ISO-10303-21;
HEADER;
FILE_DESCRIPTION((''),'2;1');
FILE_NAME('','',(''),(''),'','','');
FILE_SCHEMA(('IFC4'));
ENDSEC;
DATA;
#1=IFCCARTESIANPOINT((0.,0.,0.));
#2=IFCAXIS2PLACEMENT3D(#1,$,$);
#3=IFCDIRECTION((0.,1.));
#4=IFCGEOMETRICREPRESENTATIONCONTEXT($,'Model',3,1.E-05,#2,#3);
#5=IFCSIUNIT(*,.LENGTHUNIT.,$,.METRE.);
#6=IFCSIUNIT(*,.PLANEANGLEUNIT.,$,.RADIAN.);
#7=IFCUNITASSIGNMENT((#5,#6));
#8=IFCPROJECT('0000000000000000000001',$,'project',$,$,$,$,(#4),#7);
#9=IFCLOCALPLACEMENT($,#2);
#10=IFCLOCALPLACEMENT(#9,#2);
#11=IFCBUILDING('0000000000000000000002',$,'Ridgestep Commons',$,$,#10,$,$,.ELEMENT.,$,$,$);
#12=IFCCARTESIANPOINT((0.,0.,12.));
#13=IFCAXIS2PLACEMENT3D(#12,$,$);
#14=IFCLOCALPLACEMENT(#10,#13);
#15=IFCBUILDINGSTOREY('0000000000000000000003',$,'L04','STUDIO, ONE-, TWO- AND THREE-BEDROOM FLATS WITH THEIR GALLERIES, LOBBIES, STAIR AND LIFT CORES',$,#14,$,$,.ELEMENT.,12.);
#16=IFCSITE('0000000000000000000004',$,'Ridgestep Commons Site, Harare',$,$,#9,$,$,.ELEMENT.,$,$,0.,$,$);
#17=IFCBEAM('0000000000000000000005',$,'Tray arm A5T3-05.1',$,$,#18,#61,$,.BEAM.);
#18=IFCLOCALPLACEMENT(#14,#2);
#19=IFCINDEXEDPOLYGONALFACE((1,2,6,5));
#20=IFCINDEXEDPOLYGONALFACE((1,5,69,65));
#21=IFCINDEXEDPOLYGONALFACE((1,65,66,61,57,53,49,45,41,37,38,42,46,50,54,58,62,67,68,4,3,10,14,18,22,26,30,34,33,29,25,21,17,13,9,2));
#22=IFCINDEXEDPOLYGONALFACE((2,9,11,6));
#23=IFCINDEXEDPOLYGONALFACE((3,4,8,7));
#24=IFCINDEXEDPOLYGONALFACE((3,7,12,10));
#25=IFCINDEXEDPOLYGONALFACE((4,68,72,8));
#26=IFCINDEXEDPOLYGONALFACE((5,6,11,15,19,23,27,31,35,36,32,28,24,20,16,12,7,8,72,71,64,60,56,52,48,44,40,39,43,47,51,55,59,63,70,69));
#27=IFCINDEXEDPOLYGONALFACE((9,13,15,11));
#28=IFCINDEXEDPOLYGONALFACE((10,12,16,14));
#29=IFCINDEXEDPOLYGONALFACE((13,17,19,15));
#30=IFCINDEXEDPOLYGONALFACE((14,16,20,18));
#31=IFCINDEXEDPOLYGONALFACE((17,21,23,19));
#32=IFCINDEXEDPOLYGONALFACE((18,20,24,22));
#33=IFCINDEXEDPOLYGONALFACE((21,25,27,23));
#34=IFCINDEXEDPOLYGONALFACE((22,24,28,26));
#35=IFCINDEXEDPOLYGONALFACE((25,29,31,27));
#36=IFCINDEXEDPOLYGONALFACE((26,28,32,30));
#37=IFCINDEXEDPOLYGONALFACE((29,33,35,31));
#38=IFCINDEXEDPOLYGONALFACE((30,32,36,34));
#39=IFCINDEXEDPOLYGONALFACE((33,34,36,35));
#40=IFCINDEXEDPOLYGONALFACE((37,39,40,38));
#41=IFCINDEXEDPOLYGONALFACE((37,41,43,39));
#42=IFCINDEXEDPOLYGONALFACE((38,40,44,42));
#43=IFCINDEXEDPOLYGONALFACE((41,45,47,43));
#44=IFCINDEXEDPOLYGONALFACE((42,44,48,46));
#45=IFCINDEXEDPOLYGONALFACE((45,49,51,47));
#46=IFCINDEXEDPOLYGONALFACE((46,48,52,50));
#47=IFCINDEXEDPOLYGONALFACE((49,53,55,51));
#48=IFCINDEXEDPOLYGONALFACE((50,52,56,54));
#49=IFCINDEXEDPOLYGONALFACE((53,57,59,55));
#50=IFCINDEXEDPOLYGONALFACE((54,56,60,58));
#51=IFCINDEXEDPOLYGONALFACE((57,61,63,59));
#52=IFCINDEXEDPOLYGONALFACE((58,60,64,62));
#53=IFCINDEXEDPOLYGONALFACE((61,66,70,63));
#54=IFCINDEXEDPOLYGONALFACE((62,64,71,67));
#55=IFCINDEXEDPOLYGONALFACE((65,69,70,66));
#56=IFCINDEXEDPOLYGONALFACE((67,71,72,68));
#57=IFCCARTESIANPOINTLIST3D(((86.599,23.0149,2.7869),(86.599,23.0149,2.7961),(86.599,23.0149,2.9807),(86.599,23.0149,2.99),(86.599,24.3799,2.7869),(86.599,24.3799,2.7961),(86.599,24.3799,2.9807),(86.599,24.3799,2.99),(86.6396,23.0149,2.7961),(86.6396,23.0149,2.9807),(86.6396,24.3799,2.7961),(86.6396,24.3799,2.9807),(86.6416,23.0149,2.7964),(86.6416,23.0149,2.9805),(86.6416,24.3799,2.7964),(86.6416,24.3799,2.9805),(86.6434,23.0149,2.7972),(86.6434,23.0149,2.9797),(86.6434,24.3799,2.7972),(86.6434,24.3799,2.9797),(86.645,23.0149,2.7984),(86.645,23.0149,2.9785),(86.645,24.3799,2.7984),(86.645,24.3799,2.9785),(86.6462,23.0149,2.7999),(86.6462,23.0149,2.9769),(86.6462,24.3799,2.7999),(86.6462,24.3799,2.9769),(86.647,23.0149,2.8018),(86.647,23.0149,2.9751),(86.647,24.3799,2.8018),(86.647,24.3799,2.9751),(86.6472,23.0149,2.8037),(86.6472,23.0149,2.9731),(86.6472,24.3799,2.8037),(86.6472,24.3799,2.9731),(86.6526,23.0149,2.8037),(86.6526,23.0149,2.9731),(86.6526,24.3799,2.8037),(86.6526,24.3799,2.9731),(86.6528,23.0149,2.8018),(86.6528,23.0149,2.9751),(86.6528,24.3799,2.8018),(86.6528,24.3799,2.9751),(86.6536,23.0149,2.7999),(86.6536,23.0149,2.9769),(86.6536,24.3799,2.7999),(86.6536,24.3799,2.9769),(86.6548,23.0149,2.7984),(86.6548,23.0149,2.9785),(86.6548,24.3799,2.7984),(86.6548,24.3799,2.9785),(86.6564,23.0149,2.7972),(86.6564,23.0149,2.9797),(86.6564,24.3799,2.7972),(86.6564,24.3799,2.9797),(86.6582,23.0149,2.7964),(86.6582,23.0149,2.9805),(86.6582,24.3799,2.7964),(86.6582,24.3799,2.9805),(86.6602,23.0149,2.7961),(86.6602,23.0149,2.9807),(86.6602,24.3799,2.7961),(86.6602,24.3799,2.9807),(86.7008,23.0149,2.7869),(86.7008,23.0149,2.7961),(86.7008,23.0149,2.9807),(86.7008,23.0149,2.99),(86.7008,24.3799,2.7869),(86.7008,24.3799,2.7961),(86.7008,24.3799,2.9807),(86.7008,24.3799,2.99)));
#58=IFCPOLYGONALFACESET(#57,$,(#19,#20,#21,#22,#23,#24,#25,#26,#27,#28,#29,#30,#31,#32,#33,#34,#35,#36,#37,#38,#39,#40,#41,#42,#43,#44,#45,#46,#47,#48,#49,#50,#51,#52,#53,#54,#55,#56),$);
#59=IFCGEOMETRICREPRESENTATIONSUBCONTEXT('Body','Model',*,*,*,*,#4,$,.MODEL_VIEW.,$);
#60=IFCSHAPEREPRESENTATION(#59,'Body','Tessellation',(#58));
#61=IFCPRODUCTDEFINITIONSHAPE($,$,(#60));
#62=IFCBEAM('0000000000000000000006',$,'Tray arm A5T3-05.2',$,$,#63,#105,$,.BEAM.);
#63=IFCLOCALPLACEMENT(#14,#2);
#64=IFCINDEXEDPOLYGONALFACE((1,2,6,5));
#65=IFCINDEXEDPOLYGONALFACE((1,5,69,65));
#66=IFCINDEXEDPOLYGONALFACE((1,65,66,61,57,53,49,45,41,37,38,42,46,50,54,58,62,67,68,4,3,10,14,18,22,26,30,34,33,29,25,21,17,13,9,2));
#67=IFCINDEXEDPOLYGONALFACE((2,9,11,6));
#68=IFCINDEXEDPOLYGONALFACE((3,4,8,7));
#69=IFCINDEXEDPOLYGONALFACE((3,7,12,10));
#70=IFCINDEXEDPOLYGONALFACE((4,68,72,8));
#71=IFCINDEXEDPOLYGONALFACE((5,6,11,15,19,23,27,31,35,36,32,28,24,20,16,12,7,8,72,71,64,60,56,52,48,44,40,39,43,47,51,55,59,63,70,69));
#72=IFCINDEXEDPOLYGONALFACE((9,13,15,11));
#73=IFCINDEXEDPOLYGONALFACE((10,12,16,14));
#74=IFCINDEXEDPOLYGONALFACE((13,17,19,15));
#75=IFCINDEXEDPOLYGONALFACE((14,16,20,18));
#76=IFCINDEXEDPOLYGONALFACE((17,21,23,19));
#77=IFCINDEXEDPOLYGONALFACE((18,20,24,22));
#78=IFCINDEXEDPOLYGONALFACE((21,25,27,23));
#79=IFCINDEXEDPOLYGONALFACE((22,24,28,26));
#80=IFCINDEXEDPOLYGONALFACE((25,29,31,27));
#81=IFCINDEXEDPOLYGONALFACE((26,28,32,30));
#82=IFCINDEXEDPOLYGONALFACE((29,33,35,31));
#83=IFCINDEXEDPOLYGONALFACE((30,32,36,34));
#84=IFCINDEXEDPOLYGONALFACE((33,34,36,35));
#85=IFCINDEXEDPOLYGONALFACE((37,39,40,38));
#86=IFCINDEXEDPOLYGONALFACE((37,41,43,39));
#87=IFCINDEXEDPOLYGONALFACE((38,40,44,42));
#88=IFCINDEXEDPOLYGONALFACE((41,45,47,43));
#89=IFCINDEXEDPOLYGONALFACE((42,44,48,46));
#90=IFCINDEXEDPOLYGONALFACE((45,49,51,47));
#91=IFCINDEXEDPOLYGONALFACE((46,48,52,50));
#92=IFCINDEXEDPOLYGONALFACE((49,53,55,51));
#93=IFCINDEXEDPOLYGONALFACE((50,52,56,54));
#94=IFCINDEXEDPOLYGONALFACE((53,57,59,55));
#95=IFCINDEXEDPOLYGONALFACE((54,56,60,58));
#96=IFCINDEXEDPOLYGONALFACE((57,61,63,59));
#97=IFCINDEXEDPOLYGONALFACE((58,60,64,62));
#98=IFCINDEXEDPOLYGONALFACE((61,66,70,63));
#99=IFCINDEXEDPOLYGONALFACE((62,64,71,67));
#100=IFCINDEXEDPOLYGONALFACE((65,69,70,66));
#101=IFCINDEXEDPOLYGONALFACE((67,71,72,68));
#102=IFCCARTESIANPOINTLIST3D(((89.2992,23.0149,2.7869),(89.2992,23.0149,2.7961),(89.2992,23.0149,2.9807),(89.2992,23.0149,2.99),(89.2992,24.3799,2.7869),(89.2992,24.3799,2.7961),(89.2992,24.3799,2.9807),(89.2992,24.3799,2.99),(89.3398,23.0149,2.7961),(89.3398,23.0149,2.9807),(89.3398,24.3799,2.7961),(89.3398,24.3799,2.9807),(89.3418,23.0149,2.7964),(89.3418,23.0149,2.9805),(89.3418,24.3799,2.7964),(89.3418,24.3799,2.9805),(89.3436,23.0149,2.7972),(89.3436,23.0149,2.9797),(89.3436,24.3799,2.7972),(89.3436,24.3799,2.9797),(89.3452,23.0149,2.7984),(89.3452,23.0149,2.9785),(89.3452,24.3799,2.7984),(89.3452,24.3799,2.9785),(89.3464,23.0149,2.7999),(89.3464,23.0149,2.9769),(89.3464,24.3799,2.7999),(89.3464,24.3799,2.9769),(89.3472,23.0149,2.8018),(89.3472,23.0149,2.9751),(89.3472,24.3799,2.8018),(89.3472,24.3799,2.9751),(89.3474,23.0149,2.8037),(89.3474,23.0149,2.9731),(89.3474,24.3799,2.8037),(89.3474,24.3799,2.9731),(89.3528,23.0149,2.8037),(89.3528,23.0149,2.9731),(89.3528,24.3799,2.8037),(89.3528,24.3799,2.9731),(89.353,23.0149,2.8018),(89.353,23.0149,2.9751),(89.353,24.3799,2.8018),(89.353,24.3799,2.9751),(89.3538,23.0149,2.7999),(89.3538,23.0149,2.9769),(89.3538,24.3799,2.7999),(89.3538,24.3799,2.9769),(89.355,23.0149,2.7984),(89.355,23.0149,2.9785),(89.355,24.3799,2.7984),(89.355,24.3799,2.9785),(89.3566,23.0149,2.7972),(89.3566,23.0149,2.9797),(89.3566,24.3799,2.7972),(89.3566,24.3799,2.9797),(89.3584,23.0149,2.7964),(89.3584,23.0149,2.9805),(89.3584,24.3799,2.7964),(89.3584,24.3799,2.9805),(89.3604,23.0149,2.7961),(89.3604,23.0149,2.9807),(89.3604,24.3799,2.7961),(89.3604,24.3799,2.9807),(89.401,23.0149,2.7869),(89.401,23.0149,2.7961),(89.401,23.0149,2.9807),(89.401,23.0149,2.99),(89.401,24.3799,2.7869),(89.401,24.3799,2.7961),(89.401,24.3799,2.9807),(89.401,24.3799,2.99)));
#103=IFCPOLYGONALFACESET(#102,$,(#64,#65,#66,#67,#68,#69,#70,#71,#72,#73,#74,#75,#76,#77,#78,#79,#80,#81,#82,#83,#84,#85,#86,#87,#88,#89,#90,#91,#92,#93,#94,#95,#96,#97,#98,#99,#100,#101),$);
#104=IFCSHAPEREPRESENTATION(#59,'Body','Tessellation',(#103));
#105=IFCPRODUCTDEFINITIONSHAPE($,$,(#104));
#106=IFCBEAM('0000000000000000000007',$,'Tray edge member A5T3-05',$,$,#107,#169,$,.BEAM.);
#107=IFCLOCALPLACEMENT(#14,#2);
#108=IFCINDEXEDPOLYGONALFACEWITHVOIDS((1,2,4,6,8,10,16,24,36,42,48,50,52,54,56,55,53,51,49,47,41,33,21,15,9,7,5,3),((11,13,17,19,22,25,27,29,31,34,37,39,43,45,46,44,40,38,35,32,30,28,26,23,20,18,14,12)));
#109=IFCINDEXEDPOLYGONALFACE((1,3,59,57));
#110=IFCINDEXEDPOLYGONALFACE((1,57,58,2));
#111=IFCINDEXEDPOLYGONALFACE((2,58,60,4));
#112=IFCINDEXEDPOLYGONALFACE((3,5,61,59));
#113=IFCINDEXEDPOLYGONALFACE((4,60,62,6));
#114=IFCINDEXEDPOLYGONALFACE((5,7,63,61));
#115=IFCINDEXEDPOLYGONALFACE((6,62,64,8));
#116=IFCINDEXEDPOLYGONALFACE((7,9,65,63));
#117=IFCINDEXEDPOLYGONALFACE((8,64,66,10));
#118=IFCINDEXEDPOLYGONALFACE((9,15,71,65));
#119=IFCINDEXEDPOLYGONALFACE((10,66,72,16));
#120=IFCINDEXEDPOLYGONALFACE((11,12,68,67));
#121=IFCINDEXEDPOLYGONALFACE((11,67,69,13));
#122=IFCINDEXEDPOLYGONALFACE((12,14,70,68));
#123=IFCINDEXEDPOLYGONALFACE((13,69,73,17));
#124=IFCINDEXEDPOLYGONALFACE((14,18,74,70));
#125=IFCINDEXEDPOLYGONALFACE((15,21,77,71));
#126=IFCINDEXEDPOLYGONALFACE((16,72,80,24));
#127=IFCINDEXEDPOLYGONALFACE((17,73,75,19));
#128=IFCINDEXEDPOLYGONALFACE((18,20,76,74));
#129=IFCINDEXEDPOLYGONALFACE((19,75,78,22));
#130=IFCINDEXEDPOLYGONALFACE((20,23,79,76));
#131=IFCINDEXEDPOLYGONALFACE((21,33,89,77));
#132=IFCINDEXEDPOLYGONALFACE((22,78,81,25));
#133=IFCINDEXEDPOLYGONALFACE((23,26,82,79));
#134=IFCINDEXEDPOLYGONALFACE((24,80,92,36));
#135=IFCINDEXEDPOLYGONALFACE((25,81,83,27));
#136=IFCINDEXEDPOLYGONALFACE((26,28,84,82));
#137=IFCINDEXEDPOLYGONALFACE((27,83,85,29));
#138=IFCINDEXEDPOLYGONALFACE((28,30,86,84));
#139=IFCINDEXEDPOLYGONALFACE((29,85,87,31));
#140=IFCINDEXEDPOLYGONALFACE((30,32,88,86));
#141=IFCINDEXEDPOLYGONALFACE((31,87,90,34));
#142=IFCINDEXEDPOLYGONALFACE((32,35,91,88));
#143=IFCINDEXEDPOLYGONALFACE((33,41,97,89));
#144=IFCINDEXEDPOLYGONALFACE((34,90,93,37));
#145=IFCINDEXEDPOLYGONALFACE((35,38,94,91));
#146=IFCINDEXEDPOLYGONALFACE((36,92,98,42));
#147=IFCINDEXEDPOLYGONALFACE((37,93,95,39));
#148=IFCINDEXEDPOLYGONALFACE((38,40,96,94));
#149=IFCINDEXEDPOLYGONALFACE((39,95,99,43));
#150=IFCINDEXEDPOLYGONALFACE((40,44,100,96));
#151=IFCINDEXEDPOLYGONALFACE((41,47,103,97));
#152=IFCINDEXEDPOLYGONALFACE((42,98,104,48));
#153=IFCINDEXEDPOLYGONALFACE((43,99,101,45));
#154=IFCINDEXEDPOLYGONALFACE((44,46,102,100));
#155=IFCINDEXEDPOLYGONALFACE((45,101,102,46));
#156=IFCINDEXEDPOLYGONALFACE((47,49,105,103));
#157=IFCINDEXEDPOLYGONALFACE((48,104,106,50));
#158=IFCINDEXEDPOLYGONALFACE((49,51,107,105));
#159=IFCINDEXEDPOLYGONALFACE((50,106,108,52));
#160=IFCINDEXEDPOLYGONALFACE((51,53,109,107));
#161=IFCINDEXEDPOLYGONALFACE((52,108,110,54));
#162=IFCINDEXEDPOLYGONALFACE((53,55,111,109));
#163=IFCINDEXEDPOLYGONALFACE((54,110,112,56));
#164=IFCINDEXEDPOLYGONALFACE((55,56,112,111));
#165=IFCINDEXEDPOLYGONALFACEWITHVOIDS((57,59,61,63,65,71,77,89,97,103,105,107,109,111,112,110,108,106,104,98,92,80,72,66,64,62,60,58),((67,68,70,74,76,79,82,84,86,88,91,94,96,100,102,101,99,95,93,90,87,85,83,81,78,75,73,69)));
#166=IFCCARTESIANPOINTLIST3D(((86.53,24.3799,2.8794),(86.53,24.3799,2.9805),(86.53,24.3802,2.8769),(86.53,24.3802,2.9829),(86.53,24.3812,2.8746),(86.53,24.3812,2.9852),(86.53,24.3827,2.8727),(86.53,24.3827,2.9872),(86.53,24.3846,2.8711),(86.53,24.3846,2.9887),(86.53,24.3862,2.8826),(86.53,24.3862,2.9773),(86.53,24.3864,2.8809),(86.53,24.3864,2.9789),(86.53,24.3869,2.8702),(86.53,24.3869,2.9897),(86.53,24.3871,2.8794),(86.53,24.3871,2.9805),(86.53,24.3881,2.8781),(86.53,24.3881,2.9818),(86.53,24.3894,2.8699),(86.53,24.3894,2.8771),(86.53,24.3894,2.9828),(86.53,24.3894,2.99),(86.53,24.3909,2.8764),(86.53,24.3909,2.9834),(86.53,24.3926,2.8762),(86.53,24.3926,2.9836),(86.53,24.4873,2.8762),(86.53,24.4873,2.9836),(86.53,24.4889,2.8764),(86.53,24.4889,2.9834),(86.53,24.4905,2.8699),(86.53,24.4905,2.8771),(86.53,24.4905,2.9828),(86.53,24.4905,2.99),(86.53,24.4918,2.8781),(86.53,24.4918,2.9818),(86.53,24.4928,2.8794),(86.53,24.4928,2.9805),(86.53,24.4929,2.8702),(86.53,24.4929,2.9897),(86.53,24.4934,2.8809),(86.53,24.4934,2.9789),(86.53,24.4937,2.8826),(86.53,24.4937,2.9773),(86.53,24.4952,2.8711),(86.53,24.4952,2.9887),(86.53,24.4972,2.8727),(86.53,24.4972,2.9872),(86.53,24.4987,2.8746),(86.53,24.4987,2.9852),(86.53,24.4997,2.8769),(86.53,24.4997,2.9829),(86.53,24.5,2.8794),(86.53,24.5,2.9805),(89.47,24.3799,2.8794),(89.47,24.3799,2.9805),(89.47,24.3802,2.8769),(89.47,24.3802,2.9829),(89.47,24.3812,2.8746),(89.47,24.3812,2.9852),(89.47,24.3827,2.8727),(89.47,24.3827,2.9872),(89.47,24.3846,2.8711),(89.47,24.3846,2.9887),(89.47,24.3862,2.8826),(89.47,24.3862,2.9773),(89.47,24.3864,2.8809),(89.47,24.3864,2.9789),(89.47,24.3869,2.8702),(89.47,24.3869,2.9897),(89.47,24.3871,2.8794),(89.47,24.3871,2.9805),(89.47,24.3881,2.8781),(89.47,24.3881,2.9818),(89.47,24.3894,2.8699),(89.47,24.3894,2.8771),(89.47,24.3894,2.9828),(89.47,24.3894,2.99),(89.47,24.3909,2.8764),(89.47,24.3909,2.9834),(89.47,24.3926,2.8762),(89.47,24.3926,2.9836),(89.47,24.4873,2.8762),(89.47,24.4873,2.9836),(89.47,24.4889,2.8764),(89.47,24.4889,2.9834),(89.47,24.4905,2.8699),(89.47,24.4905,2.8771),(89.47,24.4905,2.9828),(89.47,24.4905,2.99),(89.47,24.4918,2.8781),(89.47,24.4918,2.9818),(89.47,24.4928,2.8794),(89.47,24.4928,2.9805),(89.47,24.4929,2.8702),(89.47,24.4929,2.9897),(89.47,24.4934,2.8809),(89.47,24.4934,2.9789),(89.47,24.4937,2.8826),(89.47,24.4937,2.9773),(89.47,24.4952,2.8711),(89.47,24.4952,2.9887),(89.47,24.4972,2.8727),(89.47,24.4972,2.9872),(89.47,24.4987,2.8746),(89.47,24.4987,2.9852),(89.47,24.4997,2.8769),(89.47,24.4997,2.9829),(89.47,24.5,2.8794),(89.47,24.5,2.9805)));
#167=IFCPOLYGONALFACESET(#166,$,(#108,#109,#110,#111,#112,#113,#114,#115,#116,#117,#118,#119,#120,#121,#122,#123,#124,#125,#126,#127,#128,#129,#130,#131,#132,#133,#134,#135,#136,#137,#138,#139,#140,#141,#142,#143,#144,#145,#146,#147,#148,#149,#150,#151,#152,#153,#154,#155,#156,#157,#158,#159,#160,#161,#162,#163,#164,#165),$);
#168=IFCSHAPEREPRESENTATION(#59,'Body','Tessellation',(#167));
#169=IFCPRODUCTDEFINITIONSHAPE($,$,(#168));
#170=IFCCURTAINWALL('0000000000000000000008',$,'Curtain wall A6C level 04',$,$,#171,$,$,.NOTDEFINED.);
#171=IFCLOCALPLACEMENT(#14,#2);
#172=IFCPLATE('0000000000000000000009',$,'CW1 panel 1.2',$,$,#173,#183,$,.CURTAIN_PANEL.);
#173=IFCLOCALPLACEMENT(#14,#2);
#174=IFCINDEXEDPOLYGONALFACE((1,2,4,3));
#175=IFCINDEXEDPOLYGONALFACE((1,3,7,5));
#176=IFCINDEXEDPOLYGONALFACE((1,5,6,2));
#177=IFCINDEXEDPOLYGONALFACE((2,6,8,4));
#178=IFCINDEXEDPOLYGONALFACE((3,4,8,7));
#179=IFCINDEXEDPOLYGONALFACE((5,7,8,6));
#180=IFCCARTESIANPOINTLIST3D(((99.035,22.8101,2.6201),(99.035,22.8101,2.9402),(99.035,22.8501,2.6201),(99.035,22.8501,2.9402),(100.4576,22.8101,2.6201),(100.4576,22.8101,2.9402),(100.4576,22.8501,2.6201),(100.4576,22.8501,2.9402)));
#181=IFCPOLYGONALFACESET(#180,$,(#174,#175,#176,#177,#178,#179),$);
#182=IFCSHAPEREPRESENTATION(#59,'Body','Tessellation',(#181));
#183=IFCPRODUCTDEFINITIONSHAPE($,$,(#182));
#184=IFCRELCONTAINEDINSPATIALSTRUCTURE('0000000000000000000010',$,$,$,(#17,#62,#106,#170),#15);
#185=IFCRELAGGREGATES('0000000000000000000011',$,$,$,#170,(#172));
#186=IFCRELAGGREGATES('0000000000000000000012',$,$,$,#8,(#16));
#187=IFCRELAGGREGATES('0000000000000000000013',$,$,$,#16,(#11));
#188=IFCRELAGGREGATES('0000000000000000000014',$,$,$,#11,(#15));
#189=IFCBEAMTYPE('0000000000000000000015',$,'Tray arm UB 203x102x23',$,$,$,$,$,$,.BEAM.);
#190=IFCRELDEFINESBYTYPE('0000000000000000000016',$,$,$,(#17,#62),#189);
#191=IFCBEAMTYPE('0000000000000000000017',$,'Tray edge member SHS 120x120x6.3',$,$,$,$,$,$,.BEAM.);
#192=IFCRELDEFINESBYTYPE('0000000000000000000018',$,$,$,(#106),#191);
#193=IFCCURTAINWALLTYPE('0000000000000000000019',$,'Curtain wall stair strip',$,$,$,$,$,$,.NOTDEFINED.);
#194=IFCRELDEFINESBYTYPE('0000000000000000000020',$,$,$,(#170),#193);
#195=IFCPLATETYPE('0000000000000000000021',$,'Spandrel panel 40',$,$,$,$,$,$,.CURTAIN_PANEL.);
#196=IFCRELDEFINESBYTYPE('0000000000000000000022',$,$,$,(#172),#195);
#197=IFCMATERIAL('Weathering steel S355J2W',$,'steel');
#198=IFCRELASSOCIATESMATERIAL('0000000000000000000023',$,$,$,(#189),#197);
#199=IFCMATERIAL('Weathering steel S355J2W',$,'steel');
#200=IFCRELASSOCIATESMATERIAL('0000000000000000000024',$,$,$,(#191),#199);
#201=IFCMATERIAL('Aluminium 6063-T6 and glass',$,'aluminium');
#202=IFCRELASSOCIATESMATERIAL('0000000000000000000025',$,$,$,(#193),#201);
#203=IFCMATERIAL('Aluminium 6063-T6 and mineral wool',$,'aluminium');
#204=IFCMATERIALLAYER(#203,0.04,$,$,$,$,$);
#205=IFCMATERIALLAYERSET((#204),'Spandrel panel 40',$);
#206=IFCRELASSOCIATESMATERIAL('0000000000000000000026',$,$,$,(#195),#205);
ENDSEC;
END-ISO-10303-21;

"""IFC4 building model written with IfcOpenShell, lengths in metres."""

from ifc_helpers import new_model, si_unit, direction, frame, origin, origin_2d, place, context, subcontext, project, spatial, rectangle, hollow_rectangle, i_section, extrude, material, layer, layer_set, material_profile, profile_set, type_object, element, aggregate, save


model = new_model("IFC4")

# Units and contexts
model_context = context("Model", 3, precision=1e-05, world=origin(), true_north=direction((0.0, 1.0)))
body_context = subcontext(model_context, "Body", "Model", "MODEL_VIEW")
ifc_project = project(units=[si_unit("LENGTHUNIT", "METRE"), si_unit("PLANEANGLEUNIT", "RADIAN")], contexts=[model_context])

# Site, building, storey
site_placement = place(None, origin())
site = spatial("IfcSite", under=ifc_project, at=site_placement, Name="Ridgestep Commons Site, Harare", CompositionType="ELEMENT", RefElevation=0.0)
building_placement = place(site_placement, origin())
building = spatial("IfcBuilding", under=site, at=building_placement, Name="Ridgestep Commons", CompositionType="ELEMENT")
storey_placement = place(building_placement, frame((0.0, 0.0, 12.0)))
storey = spatial("IfcBuildingStorey", under=building, at=storey_placement, Name="L04", Description="STUDIO, ONE-, TWO- AND THREE-BEDROOM FLATS WITH THEIR GALLERIES, LOBBIES, STAIR AND LIFT CORES", CompositionType="ELEMENT", Elevation=12.0)

# Beams
ifc_material_1 = material(Name="Weathering steel S355J2W", Category="steel")
ifc_material_profile_1 = material_profile(ifc_material_1, i_section(OverallWidth=0.1018, OverallDepth=0.2031, WebThickness=0.0054, FlangeThickness=0.0093, FilletRadius=0.0076, at=origin_2d()), Name="UB 203x102x23")
ifc_profile_set_1 = profile_set([ifc_material_profile_1], Name="Weathering steel S355J2W")
beam_type_1 = type_object("IfcBeamType", Name="Tray arm UB 203x102x23", PredefinedType="BEAM", material=ifc_profile_set_1)
for number, where, z_axis, x_axis, name in (
    (1, (86.6499, 23.0149, 2.8884), (0.0, 1.0, 0.0), (-1.0, 0.0, 0.0), "Tray arm A5T3-05.1"),
    (2, (89.3501, 23.0149, 2.8884), (0.0, 1.0, 0.0), (-1.0, 0.0, 0.0), "Tray arm A5T3-05.2"),
):
    element("IfcBeam", number, at=place(storey_placement, frame(where, z_axis=z_axis, x_axis=x_axis)), inside=storey, type_object=beam_type_1, Name=name, PredefinedType="BEAM", context=body_context, shape_type="SweptSolid", body=[
        extrude(i_section(OverallWidth=0.1018, OverallDepth=0.2031, WebThickness=0.0054, FlangeThickness=0.0093, FilletRadius=0.0076, at=origin_2d()), origin(), (0.0, 0.0, 1.0), 1.365),
    ])
ifc_material_2 = material(Name="Weathering steel S355J2W", Category="steel")
ifc_material_profile_2 = material_profile(ifc_material_2, hollow_rectangle(XDim=0.1201, YDim=0.1201, WallThickness=0.0063, InnerFilletRadius=0.0063, OuterFilletRadius=0.0095, at=origin_2d()), Name="SHS 120x120x6.3")
ifc_profile_set_2 = profile_set([ifc_material_profile_2], Name="Weathering steel S355J2W")
beam_type_2 = type_object("IfcBeamType", Name="Tray edge member SHS 120x120x6.3", PredefinedType="BEAM", material=ifc_profile_set_2)
beam_placement = place(storey_placement, frame((86.53, 24.4399, 2.9299), z_axis=(1.0, 0.0, 0.0), x_axis=(0.0, 0.0, 1.0)))
element("IfcBeam", 3, at=beam_placement, inside=storey, type_object=beam_type_2, Name="Tray edge member A5T3-05", PredefinedType="BEAM", context=body_context, shape_type="SweptSolid", body=[
    extrude(hollow_rectangle(XDim=0.1201, YDim=0.1201, WallThickness=0.0063, InnerFilletRadius=0.0063, OuterFilletRadius=0.0095, at=origin_2d()), origin(), (0.0, 0.0, 1.0), 2.9399),
])

# Curtain wall, plate
ifc_material_3 = material(Name="Aluminium 6063-T6 and glass", Category="aluminium")
curtain_wall_type = type_object("IfcCurtainWallType", Name="Curtain wall stair strip", PredefinedType="NOTDEFINED", material=ifc_material_3)
curtain_wall_placement = place(storey_placement, origin())
curtain_wall = element("IfcCurtainWall", 4, at=curtain_wall_placement, inside=storey, type_object=curtain_wall_type, Name="Curtain wall A6C level 04", PredefinedType="NOTDEFINED")
ifc_material_4 = material(Name="Aluminium 6063-T6 and mineral wool", Category="aluminium")
ifc_layer_1 = layer(ifc_material_4, 0.04)
ifc_layer_set_1 = layer_set([ifc_layer_1], Name="Spandrel panel 40")
plate_type = type_object("IfcPlateType", Name="Spandrel panel 40", PredefinedType="CURTAIN_PANEL", material=ifc_layer_set_1)
plate_placement = place(storey_placement, frame((99.7463, 22.8301, 2.6201), z_axis=(0.0, 0.0, 1.0), x_axis=(1.0, 0.0, 0.0)))
plate = element("IfcPlate", 5, at=plate_placement, type_object=plate_type, Name="CW1 panel 1.2", PredefinedType="CURTAIN_PANEL", context=body_context, shape_type="SweptSolid", body=[
    extrude(rectangle(XDim=1.4226, YDim=0.04, at=origin_2d()), origin(), (0.0, 0.0, 1.0), 0.3201),
])
aggregate(curtain_wall, [plate])

save(model, "model.ifc")
